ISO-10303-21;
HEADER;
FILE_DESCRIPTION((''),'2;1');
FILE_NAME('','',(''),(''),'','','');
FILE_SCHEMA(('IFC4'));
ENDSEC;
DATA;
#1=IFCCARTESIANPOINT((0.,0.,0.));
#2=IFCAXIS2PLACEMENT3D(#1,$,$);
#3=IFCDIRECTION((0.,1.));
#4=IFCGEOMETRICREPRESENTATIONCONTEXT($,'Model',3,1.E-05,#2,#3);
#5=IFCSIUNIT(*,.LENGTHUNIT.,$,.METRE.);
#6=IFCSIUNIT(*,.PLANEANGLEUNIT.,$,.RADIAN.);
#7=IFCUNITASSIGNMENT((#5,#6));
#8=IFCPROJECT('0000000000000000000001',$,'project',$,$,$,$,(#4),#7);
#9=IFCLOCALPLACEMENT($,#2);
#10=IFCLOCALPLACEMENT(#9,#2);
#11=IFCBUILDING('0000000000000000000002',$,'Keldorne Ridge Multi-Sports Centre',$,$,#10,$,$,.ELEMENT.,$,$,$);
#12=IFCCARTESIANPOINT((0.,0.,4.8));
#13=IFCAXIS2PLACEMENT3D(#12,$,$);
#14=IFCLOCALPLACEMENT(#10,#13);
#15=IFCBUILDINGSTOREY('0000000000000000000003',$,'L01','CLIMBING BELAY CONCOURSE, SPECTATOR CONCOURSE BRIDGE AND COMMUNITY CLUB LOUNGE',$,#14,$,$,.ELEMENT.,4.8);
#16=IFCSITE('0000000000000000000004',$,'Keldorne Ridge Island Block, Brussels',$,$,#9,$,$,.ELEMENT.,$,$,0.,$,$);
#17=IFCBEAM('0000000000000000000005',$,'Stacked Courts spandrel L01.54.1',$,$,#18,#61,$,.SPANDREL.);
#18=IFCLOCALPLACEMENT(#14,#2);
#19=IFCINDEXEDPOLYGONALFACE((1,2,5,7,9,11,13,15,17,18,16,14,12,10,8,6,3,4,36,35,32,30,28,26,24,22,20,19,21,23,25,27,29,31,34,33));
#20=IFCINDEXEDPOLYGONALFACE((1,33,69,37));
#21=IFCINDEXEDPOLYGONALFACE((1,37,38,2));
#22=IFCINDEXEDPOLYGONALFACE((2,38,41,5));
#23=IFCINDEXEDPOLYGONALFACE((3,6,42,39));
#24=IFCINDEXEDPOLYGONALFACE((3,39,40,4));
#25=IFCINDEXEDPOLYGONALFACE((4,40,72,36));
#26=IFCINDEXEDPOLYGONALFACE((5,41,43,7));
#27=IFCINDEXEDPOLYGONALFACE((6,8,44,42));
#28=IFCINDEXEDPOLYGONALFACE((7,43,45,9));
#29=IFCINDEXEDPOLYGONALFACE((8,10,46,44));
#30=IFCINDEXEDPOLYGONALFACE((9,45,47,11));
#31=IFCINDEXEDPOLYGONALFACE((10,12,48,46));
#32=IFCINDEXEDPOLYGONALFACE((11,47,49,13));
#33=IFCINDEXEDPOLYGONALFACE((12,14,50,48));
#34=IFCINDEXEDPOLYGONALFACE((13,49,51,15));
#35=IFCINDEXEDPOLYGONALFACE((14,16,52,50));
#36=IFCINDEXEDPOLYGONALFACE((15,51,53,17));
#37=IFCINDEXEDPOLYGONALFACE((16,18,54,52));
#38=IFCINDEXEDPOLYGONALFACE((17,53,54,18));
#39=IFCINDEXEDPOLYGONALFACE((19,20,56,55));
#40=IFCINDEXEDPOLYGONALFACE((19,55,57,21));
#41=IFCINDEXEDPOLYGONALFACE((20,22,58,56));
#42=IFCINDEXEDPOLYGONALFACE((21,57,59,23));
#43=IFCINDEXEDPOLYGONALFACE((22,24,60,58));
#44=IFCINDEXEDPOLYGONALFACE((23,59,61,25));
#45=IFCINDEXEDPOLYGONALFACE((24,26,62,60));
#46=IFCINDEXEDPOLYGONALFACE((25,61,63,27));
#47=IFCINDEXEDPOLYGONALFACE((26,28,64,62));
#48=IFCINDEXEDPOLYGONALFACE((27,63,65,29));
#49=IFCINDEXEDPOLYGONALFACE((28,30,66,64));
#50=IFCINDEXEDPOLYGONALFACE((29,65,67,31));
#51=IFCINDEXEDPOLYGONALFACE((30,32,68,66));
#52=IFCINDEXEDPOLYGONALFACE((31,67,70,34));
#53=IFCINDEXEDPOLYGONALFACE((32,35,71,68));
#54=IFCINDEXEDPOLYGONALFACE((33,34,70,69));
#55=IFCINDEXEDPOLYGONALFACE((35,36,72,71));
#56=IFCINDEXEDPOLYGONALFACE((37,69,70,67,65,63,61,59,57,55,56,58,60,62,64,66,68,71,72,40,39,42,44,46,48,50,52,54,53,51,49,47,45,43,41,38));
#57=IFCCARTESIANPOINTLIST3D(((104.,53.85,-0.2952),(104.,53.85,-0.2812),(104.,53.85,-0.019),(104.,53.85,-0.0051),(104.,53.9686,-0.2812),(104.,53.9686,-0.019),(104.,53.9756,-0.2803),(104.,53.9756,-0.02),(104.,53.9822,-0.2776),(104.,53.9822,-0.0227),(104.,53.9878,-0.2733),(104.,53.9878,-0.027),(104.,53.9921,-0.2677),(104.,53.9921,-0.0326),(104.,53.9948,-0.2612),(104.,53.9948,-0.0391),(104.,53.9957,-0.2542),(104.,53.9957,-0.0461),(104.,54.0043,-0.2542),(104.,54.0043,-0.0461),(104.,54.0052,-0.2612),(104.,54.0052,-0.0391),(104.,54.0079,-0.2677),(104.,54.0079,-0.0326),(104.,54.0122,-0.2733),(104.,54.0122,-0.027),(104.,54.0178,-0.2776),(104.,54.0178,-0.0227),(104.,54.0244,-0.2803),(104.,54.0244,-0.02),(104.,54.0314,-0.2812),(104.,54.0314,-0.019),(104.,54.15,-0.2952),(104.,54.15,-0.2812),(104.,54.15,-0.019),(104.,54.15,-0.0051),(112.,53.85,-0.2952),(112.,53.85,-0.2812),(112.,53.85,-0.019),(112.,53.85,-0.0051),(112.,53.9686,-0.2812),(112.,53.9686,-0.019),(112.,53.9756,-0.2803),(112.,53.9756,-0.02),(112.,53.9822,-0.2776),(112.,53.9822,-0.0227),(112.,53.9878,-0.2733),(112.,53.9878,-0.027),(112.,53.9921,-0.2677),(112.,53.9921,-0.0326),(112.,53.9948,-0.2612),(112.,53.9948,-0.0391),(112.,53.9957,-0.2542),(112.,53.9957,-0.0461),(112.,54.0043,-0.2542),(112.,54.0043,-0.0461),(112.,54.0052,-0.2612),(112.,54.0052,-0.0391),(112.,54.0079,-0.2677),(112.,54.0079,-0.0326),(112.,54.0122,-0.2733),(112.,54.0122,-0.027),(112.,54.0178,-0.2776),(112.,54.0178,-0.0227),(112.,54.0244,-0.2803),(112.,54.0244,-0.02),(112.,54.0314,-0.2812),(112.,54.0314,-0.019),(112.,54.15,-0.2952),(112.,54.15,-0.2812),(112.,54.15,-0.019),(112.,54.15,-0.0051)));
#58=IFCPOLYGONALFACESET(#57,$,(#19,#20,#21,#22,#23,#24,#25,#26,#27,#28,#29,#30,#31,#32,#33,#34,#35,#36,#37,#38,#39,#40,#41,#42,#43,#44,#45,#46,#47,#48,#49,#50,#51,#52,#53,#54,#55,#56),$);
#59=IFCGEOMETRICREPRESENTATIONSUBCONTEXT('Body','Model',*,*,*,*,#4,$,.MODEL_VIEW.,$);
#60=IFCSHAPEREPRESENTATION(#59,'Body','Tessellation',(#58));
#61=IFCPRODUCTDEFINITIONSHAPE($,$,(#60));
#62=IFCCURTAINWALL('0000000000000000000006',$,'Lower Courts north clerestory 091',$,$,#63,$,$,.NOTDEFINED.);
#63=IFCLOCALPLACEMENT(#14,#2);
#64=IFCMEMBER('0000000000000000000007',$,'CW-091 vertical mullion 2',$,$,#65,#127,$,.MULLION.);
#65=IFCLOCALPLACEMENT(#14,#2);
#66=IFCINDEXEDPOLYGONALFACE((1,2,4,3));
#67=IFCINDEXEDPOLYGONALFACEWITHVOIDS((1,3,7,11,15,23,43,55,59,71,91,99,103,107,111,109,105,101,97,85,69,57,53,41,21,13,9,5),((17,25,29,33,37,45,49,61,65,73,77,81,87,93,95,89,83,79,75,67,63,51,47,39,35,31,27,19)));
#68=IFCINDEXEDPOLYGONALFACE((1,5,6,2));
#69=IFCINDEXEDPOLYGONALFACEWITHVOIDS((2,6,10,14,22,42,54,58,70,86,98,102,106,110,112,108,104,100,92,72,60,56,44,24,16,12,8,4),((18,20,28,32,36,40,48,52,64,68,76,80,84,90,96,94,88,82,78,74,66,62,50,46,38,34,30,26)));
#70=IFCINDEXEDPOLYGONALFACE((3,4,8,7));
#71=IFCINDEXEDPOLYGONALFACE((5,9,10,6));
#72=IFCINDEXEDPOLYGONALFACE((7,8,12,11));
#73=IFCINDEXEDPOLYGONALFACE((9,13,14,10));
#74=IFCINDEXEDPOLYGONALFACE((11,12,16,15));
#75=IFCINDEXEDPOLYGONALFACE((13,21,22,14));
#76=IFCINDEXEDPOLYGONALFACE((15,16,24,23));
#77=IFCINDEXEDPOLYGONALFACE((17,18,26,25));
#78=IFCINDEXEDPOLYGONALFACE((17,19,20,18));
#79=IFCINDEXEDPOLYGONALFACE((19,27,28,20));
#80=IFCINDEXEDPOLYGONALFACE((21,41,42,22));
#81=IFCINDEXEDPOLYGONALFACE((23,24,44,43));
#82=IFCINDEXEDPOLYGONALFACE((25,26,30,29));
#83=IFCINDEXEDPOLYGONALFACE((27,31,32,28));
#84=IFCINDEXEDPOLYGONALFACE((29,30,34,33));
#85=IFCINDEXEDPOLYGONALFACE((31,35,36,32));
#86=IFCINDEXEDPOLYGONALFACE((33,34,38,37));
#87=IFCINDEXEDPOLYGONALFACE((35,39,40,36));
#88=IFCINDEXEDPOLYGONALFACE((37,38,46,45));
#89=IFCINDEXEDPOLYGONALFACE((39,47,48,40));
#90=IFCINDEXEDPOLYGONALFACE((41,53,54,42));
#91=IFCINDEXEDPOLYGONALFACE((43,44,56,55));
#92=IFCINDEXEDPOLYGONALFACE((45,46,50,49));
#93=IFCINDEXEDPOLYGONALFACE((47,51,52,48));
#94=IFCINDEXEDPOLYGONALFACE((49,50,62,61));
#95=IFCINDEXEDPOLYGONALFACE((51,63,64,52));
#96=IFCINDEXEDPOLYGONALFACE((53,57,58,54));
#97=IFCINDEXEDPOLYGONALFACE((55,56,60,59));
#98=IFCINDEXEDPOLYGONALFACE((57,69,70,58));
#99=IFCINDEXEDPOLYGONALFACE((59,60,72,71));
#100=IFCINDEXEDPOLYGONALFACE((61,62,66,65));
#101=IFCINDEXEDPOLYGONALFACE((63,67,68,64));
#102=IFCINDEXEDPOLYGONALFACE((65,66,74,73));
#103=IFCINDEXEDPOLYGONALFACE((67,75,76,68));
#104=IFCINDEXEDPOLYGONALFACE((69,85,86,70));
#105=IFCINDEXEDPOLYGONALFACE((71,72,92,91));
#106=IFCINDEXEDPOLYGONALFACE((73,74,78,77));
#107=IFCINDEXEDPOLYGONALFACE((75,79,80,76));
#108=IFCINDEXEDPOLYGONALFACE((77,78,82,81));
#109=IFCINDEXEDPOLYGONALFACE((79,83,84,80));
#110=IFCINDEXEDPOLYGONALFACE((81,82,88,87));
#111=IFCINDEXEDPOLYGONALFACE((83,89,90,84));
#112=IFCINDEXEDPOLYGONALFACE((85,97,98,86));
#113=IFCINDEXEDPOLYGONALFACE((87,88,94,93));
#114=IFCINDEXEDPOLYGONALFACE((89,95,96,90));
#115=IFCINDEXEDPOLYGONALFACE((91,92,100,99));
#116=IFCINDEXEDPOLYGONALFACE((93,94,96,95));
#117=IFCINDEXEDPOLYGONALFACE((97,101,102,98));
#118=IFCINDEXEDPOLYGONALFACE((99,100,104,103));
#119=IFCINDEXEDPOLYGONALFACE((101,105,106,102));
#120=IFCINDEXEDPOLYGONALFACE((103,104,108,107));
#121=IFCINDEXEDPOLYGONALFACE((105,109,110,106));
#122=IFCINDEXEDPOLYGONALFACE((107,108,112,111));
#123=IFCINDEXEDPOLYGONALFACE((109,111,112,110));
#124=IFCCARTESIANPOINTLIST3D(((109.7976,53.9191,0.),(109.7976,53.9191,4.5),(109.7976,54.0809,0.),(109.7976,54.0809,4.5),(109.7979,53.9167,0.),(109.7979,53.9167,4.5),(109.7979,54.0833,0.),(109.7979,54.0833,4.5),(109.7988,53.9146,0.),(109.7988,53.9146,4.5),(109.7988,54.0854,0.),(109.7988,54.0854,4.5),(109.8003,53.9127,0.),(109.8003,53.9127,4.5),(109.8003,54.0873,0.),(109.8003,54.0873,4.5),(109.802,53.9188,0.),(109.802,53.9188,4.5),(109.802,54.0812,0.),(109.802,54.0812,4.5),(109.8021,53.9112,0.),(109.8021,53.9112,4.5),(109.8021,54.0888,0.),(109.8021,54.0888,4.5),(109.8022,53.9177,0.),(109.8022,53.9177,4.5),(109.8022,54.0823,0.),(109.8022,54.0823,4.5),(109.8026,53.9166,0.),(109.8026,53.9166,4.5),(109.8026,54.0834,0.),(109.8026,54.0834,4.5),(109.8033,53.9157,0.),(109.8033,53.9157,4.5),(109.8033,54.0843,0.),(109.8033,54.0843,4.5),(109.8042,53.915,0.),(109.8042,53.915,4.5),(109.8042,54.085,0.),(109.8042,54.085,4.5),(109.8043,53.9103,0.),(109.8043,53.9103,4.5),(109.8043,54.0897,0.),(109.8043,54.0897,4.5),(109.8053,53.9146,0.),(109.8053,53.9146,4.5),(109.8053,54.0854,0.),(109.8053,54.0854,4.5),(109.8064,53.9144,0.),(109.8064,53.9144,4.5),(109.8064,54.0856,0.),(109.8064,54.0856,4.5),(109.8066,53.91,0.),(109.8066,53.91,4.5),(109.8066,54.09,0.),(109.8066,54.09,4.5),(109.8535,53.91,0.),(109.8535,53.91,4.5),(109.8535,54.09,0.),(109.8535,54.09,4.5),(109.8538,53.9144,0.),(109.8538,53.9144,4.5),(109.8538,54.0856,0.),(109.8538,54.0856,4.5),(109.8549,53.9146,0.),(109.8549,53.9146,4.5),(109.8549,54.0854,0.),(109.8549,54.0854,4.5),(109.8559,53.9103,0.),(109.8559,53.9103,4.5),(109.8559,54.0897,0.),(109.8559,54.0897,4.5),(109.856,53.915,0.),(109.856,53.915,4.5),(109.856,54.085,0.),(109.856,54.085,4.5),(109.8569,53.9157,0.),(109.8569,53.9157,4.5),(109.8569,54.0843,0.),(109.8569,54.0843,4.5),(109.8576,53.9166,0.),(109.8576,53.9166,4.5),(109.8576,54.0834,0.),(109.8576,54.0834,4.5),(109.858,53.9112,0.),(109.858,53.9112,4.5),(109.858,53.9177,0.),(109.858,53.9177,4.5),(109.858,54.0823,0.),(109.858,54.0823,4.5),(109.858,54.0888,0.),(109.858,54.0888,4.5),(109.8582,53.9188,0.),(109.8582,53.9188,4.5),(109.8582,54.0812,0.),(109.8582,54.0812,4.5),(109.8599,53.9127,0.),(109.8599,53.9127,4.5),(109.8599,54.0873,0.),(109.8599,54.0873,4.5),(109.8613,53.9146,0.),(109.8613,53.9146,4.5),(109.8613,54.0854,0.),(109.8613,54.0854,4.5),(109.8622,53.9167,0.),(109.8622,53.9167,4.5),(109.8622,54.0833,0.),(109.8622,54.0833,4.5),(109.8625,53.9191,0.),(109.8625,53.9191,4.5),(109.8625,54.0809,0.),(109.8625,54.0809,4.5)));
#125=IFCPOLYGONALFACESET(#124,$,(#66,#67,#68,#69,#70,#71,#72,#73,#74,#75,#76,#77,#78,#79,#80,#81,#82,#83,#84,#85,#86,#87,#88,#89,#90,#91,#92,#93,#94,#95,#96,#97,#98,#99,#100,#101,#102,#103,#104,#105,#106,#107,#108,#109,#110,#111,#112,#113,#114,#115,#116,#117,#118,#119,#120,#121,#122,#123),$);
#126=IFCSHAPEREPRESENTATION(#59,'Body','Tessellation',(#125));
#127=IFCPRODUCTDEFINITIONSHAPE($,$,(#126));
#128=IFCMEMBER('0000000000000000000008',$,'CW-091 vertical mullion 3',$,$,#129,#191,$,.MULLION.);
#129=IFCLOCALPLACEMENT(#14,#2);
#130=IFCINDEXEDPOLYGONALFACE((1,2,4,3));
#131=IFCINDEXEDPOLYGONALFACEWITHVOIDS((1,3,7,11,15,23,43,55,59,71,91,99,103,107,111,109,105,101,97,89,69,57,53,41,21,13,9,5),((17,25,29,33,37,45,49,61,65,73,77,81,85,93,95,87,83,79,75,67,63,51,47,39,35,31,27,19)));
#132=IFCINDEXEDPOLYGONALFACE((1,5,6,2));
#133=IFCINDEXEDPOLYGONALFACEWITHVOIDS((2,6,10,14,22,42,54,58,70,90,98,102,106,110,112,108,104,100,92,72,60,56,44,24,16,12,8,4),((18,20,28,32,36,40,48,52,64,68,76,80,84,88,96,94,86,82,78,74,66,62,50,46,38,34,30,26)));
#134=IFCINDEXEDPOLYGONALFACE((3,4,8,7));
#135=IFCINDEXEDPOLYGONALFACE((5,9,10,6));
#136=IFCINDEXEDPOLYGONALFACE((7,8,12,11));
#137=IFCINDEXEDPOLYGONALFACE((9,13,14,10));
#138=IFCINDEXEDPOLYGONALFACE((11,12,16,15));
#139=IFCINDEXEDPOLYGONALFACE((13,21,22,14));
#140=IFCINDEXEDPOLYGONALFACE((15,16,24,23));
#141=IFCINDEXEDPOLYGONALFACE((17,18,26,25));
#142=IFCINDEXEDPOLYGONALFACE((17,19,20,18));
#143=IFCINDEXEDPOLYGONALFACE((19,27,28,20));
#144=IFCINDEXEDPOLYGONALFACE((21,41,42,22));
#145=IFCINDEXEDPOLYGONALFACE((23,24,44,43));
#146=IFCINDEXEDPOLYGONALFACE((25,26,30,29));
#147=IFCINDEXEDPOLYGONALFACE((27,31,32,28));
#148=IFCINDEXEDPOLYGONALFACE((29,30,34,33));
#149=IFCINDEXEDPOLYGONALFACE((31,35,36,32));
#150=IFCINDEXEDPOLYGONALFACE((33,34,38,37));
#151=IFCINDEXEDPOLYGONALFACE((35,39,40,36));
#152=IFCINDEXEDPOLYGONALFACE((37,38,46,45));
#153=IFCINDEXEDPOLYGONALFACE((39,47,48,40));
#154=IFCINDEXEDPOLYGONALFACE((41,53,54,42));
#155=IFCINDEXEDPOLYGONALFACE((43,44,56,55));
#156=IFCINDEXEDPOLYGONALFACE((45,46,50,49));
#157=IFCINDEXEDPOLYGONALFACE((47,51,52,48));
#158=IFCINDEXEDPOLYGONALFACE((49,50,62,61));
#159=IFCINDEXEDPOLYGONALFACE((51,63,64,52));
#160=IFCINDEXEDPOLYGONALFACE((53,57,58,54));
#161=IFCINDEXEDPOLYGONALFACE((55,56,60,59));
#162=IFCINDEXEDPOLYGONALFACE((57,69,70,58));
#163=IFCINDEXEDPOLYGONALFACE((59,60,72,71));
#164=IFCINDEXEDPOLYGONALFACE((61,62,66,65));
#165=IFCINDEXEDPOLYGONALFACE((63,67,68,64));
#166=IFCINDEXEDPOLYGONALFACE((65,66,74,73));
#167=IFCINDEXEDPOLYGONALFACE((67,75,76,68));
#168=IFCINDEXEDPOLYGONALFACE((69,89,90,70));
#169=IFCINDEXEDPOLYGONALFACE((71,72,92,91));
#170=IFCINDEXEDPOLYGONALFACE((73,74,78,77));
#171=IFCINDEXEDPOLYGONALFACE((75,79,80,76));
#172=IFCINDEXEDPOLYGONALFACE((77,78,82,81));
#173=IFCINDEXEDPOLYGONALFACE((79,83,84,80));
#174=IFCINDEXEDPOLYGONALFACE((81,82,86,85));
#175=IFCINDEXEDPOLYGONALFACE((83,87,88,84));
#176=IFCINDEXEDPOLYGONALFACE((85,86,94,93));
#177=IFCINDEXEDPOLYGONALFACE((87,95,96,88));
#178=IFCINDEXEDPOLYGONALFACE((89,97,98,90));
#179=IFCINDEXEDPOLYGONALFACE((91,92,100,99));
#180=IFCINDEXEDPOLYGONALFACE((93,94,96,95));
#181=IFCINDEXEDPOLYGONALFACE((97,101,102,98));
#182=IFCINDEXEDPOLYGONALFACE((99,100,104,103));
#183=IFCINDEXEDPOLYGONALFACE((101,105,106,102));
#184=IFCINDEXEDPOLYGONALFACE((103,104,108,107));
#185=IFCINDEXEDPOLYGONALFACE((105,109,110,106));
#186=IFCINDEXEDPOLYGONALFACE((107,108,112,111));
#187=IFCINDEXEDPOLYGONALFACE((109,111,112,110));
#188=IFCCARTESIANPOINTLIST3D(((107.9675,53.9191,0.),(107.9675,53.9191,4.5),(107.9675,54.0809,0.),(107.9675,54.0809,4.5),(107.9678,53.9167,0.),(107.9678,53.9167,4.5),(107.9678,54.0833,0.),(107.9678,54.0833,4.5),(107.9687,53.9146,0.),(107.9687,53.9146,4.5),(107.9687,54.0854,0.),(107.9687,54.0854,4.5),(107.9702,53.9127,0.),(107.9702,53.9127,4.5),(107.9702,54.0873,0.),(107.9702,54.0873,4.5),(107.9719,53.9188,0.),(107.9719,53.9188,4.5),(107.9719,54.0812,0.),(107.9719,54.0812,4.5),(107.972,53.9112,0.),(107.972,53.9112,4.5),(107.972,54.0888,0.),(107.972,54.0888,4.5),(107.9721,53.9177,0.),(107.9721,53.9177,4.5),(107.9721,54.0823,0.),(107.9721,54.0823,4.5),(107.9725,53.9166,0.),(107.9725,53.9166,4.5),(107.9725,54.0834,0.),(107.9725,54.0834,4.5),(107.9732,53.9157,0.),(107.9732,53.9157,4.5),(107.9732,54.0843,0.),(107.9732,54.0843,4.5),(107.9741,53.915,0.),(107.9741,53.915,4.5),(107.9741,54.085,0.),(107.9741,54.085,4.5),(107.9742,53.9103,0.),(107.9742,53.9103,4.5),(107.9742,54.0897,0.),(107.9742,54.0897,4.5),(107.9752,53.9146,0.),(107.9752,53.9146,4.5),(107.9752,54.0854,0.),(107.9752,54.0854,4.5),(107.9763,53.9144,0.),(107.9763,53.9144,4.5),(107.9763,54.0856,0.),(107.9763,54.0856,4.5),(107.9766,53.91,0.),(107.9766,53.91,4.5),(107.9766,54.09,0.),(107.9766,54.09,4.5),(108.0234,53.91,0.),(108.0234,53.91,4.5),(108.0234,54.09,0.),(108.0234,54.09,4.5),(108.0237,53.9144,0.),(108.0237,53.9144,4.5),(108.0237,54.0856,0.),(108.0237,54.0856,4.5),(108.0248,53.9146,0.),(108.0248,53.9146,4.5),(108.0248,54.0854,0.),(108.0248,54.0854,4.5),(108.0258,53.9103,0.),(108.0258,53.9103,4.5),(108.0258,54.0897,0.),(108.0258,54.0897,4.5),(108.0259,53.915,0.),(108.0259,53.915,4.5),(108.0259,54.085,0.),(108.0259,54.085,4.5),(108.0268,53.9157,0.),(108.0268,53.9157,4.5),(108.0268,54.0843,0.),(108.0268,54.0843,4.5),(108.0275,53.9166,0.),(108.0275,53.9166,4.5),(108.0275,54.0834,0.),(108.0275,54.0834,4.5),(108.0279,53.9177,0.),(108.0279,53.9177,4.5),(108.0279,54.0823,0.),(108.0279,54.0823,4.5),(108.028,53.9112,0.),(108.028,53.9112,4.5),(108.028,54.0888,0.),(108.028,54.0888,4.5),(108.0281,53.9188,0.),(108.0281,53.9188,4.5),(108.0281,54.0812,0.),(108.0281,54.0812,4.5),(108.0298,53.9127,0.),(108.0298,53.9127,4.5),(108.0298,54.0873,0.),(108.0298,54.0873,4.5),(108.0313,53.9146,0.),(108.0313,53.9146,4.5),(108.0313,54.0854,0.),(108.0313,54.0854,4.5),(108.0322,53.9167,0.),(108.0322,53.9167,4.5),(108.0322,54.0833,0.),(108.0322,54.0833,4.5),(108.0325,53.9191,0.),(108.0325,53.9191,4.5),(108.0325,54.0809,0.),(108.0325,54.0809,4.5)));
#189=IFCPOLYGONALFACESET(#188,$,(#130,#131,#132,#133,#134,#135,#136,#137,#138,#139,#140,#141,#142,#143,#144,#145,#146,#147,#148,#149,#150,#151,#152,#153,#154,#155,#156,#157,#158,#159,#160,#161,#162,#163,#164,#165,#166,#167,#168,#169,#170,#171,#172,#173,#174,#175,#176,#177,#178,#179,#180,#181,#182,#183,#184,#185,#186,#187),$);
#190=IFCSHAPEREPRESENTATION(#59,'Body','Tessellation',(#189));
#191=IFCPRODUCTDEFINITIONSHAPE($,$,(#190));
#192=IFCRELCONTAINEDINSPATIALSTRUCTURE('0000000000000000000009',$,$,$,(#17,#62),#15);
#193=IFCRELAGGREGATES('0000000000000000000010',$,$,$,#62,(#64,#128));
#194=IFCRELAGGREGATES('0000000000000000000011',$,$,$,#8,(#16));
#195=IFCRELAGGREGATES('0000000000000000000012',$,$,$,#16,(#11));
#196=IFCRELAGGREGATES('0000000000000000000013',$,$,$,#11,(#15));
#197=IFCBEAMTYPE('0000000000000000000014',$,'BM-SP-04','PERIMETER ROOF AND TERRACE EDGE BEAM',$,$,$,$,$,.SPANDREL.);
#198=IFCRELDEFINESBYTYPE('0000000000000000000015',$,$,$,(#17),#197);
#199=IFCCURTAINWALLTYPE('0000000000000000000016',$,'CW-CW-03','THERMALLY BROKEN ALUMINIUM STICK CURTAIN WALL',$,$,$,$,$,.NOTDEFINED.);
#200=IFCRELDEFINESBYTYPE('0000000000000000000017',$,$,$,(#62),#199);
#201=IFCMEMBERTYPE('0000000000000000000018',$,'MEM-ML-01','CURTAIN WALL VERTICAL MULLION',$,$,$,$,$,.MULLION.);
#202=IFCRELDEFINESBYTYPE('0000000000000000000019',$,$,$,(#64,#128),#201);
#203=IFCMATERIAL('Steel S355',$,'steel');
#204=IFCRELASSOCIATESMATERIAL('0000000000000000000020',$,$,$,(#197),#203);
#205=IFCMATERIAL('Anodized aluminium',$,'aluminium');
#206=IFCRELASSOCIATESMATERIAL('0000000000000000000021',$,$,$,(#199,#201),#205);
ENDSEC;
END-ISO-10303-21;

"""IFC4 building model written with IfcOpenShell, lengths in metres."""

from ifc_helpers import new_model, si_unit, direction, frame, origin, origin_2d, place, context, subcontext, project, spatial, hollow_rectangle, i_section, extrude, material, material_profile, profile_set, type_object, element, aggregate, save


model = new_model("IFC4")

# Units and contexts
model_context = context("Model", 3, precision=1e-05, world=origin(), true_north=direction((0.0, 1.0)))
body_context = subcontext(model_context, "Body", "Model", "MODEL_VIEW")
ifc_project = project(units=[si_unit("LENGTHUNIT", "METRE"), si_unit("PLANEANGLEUNIT", "RADIAN")], contexts=[model_context])

# Site, building, storey
site_placement = place(None, origin())
site = spatial("IfcSite", under=ifc_project, at=site_placement, Name="Keldorne Ridge Island Block, Brussels", CompositionType="ELEMENT", RefElevation=0.0)
building_placement = place(site_placement, origin())
building = spatial("IfcBuilding", under=site, at=building_placement, Name="Keldorne Ridge Multi-Sports Centre", CompositionType="ELEMENT")
storey_placement = place(building_placement, frame((0.0, 0.0, 4.8)))
storey = spatial("IfcBuildingStorey", under=building, at=storey_placement, Name="L01", Description="CLIMBING BELAY CONCOURSE, SPECTATOR CONCOURSE BRIDGE AND COMMUNITY CLUB LOUNGE", CompositionType="ELEMENT", Elevation=4.8)

# Beam
ifc_material_1 = material(Name="Steel S355", Category="steel")
ifc_material_profile_1 = material_profile(ifc_material_1, i_section(OverallWidth=0.3, OverallDepth=0.29, WebThickness=0.0085, FlangeThickness=0.0139, FilletRadius=0.0271, at=origin_2d()), Name="HEA 300")
ifc_profile_set_1 = profile_set([ifc_material_profile_1], Name="Steel S355")
beam_type = type_object("IfcBeamType", Name="BM-SP-04", Description="PERIMETER ROOF AND TERRACE EDGE BEAM", PredefinedType="SPANDREL", material=ifc_profile_set_1)
beam_placement = place(storey_placement, frame((104.0, 54.0, -0.1501), z_axis=(1.0, 0.0, 0.0), x_axis=(0.0, 1.0, 0.0)))
element("IfcBeam", 1, at=beam_placement, inside=storey, type_object=beam_type, Name="Stacked Courts spandrel L01.54.1", PredefinedType="SPANDREL", context=body_context, shape_type="SweptSolid", body=[
    extrude(i_section(OverallWidth=0.3, OverallDepth=0.29, WebThickness=0.0085, FlangeThickness=0.0139, FilletRadius=0.0271, at=origin_2d()), origin(), (0.0, 0.0, 1.0), 8.0),
])

# Curtain wall, members
ifc_material_2 = material(Name="Anodized aluminium", Category="aluminium")
curtain_wall_type = type_object("IfcCurtainWallType", Name="CW-CW-03", Description="THERMALLY BROKEN ALUMINIUM STICK CURTAIN WALL", PredefinedType="NOTDEFINED", material=ifc_material_2)
curtain_wall_placement = place(storey_placement, origin())
curtain_wall = element("IfcCurtainWall", 2, at=curtain_wall_placement, inside=storey, type_object=curtain_wall_type, Name="Lower Courts north clerestory 091", PredefinedType="NOTDEFINED")
ifc_material_profile_2 = material_profile(ifc_material_2, hollow_rectangle(XDim=0.0649, YDim=0.1799, WallThickness=0.0044, InnerFilletRadius=0.0044, OuterFilletRadius=0.009, at=origin_2d()), Name="ALU MULLION 180x65x4.5")
ifc_profile_set_2 = profile_set([ifc_material_profile_2], Name="Anodized aluminium")
member_type_1 = type_object("IfcMemberType", Name="MEM-ML-01", Description="CURTAIN WALL VERTICAL MULLION", PredefinedType="MULLION", material=ifc_profile_set_2)
member_1_placement = place(storey_placement, frame((109.8301, 54.0, 0.0), z_axis=(0.0, 0.0, 1.0), x_axis=(1.0, 0.0, 0.0)))
member_1 = element("IfcMember", 3, at=member_1_placement, type_object=member_type_1, Name="CW-091 vertical mullion 2", PredefinedType="MULLION", context=body_context, shape_type="SweptSolid", body=[
    extrude(hollow_rectangle(XDim=0.0649, YDim=0.1799, WallThickness=0.0044, InnerFilletRadius=0.0044, OuterFilletRadius=0.009, at=origin_2d()), origin(), (0.0, 0.0, 1.0), 4.5),
])
member_2_placement = place(storey_placement, frame((108.0, 54.0, 0.0), z_axis=(0.0, 0.0, 1.0), x_axis=(1.0, 0.0, 0.0)))
member_2 = element("IfcMember", 4, at=member_2_placement, type_object=member_type_1, Name="CW-091 vertical mullion 3", PredefinedType="MULLION", context=body_context, shape_type="SweptSolid", body=[
    extrude(hollow_rectangle(XDim=0.0649, YDim=0.1799, WallThickness=0.0044, InnerFilletRadius=0.0044, OuterFilletRadius=0.009, at=origin_2d()), origin(), (0.0, 0.0, 1.0), 4.5),
])
aggregate(curtain_wall, [member_1, member_2])

save(model, "model.ifc")
